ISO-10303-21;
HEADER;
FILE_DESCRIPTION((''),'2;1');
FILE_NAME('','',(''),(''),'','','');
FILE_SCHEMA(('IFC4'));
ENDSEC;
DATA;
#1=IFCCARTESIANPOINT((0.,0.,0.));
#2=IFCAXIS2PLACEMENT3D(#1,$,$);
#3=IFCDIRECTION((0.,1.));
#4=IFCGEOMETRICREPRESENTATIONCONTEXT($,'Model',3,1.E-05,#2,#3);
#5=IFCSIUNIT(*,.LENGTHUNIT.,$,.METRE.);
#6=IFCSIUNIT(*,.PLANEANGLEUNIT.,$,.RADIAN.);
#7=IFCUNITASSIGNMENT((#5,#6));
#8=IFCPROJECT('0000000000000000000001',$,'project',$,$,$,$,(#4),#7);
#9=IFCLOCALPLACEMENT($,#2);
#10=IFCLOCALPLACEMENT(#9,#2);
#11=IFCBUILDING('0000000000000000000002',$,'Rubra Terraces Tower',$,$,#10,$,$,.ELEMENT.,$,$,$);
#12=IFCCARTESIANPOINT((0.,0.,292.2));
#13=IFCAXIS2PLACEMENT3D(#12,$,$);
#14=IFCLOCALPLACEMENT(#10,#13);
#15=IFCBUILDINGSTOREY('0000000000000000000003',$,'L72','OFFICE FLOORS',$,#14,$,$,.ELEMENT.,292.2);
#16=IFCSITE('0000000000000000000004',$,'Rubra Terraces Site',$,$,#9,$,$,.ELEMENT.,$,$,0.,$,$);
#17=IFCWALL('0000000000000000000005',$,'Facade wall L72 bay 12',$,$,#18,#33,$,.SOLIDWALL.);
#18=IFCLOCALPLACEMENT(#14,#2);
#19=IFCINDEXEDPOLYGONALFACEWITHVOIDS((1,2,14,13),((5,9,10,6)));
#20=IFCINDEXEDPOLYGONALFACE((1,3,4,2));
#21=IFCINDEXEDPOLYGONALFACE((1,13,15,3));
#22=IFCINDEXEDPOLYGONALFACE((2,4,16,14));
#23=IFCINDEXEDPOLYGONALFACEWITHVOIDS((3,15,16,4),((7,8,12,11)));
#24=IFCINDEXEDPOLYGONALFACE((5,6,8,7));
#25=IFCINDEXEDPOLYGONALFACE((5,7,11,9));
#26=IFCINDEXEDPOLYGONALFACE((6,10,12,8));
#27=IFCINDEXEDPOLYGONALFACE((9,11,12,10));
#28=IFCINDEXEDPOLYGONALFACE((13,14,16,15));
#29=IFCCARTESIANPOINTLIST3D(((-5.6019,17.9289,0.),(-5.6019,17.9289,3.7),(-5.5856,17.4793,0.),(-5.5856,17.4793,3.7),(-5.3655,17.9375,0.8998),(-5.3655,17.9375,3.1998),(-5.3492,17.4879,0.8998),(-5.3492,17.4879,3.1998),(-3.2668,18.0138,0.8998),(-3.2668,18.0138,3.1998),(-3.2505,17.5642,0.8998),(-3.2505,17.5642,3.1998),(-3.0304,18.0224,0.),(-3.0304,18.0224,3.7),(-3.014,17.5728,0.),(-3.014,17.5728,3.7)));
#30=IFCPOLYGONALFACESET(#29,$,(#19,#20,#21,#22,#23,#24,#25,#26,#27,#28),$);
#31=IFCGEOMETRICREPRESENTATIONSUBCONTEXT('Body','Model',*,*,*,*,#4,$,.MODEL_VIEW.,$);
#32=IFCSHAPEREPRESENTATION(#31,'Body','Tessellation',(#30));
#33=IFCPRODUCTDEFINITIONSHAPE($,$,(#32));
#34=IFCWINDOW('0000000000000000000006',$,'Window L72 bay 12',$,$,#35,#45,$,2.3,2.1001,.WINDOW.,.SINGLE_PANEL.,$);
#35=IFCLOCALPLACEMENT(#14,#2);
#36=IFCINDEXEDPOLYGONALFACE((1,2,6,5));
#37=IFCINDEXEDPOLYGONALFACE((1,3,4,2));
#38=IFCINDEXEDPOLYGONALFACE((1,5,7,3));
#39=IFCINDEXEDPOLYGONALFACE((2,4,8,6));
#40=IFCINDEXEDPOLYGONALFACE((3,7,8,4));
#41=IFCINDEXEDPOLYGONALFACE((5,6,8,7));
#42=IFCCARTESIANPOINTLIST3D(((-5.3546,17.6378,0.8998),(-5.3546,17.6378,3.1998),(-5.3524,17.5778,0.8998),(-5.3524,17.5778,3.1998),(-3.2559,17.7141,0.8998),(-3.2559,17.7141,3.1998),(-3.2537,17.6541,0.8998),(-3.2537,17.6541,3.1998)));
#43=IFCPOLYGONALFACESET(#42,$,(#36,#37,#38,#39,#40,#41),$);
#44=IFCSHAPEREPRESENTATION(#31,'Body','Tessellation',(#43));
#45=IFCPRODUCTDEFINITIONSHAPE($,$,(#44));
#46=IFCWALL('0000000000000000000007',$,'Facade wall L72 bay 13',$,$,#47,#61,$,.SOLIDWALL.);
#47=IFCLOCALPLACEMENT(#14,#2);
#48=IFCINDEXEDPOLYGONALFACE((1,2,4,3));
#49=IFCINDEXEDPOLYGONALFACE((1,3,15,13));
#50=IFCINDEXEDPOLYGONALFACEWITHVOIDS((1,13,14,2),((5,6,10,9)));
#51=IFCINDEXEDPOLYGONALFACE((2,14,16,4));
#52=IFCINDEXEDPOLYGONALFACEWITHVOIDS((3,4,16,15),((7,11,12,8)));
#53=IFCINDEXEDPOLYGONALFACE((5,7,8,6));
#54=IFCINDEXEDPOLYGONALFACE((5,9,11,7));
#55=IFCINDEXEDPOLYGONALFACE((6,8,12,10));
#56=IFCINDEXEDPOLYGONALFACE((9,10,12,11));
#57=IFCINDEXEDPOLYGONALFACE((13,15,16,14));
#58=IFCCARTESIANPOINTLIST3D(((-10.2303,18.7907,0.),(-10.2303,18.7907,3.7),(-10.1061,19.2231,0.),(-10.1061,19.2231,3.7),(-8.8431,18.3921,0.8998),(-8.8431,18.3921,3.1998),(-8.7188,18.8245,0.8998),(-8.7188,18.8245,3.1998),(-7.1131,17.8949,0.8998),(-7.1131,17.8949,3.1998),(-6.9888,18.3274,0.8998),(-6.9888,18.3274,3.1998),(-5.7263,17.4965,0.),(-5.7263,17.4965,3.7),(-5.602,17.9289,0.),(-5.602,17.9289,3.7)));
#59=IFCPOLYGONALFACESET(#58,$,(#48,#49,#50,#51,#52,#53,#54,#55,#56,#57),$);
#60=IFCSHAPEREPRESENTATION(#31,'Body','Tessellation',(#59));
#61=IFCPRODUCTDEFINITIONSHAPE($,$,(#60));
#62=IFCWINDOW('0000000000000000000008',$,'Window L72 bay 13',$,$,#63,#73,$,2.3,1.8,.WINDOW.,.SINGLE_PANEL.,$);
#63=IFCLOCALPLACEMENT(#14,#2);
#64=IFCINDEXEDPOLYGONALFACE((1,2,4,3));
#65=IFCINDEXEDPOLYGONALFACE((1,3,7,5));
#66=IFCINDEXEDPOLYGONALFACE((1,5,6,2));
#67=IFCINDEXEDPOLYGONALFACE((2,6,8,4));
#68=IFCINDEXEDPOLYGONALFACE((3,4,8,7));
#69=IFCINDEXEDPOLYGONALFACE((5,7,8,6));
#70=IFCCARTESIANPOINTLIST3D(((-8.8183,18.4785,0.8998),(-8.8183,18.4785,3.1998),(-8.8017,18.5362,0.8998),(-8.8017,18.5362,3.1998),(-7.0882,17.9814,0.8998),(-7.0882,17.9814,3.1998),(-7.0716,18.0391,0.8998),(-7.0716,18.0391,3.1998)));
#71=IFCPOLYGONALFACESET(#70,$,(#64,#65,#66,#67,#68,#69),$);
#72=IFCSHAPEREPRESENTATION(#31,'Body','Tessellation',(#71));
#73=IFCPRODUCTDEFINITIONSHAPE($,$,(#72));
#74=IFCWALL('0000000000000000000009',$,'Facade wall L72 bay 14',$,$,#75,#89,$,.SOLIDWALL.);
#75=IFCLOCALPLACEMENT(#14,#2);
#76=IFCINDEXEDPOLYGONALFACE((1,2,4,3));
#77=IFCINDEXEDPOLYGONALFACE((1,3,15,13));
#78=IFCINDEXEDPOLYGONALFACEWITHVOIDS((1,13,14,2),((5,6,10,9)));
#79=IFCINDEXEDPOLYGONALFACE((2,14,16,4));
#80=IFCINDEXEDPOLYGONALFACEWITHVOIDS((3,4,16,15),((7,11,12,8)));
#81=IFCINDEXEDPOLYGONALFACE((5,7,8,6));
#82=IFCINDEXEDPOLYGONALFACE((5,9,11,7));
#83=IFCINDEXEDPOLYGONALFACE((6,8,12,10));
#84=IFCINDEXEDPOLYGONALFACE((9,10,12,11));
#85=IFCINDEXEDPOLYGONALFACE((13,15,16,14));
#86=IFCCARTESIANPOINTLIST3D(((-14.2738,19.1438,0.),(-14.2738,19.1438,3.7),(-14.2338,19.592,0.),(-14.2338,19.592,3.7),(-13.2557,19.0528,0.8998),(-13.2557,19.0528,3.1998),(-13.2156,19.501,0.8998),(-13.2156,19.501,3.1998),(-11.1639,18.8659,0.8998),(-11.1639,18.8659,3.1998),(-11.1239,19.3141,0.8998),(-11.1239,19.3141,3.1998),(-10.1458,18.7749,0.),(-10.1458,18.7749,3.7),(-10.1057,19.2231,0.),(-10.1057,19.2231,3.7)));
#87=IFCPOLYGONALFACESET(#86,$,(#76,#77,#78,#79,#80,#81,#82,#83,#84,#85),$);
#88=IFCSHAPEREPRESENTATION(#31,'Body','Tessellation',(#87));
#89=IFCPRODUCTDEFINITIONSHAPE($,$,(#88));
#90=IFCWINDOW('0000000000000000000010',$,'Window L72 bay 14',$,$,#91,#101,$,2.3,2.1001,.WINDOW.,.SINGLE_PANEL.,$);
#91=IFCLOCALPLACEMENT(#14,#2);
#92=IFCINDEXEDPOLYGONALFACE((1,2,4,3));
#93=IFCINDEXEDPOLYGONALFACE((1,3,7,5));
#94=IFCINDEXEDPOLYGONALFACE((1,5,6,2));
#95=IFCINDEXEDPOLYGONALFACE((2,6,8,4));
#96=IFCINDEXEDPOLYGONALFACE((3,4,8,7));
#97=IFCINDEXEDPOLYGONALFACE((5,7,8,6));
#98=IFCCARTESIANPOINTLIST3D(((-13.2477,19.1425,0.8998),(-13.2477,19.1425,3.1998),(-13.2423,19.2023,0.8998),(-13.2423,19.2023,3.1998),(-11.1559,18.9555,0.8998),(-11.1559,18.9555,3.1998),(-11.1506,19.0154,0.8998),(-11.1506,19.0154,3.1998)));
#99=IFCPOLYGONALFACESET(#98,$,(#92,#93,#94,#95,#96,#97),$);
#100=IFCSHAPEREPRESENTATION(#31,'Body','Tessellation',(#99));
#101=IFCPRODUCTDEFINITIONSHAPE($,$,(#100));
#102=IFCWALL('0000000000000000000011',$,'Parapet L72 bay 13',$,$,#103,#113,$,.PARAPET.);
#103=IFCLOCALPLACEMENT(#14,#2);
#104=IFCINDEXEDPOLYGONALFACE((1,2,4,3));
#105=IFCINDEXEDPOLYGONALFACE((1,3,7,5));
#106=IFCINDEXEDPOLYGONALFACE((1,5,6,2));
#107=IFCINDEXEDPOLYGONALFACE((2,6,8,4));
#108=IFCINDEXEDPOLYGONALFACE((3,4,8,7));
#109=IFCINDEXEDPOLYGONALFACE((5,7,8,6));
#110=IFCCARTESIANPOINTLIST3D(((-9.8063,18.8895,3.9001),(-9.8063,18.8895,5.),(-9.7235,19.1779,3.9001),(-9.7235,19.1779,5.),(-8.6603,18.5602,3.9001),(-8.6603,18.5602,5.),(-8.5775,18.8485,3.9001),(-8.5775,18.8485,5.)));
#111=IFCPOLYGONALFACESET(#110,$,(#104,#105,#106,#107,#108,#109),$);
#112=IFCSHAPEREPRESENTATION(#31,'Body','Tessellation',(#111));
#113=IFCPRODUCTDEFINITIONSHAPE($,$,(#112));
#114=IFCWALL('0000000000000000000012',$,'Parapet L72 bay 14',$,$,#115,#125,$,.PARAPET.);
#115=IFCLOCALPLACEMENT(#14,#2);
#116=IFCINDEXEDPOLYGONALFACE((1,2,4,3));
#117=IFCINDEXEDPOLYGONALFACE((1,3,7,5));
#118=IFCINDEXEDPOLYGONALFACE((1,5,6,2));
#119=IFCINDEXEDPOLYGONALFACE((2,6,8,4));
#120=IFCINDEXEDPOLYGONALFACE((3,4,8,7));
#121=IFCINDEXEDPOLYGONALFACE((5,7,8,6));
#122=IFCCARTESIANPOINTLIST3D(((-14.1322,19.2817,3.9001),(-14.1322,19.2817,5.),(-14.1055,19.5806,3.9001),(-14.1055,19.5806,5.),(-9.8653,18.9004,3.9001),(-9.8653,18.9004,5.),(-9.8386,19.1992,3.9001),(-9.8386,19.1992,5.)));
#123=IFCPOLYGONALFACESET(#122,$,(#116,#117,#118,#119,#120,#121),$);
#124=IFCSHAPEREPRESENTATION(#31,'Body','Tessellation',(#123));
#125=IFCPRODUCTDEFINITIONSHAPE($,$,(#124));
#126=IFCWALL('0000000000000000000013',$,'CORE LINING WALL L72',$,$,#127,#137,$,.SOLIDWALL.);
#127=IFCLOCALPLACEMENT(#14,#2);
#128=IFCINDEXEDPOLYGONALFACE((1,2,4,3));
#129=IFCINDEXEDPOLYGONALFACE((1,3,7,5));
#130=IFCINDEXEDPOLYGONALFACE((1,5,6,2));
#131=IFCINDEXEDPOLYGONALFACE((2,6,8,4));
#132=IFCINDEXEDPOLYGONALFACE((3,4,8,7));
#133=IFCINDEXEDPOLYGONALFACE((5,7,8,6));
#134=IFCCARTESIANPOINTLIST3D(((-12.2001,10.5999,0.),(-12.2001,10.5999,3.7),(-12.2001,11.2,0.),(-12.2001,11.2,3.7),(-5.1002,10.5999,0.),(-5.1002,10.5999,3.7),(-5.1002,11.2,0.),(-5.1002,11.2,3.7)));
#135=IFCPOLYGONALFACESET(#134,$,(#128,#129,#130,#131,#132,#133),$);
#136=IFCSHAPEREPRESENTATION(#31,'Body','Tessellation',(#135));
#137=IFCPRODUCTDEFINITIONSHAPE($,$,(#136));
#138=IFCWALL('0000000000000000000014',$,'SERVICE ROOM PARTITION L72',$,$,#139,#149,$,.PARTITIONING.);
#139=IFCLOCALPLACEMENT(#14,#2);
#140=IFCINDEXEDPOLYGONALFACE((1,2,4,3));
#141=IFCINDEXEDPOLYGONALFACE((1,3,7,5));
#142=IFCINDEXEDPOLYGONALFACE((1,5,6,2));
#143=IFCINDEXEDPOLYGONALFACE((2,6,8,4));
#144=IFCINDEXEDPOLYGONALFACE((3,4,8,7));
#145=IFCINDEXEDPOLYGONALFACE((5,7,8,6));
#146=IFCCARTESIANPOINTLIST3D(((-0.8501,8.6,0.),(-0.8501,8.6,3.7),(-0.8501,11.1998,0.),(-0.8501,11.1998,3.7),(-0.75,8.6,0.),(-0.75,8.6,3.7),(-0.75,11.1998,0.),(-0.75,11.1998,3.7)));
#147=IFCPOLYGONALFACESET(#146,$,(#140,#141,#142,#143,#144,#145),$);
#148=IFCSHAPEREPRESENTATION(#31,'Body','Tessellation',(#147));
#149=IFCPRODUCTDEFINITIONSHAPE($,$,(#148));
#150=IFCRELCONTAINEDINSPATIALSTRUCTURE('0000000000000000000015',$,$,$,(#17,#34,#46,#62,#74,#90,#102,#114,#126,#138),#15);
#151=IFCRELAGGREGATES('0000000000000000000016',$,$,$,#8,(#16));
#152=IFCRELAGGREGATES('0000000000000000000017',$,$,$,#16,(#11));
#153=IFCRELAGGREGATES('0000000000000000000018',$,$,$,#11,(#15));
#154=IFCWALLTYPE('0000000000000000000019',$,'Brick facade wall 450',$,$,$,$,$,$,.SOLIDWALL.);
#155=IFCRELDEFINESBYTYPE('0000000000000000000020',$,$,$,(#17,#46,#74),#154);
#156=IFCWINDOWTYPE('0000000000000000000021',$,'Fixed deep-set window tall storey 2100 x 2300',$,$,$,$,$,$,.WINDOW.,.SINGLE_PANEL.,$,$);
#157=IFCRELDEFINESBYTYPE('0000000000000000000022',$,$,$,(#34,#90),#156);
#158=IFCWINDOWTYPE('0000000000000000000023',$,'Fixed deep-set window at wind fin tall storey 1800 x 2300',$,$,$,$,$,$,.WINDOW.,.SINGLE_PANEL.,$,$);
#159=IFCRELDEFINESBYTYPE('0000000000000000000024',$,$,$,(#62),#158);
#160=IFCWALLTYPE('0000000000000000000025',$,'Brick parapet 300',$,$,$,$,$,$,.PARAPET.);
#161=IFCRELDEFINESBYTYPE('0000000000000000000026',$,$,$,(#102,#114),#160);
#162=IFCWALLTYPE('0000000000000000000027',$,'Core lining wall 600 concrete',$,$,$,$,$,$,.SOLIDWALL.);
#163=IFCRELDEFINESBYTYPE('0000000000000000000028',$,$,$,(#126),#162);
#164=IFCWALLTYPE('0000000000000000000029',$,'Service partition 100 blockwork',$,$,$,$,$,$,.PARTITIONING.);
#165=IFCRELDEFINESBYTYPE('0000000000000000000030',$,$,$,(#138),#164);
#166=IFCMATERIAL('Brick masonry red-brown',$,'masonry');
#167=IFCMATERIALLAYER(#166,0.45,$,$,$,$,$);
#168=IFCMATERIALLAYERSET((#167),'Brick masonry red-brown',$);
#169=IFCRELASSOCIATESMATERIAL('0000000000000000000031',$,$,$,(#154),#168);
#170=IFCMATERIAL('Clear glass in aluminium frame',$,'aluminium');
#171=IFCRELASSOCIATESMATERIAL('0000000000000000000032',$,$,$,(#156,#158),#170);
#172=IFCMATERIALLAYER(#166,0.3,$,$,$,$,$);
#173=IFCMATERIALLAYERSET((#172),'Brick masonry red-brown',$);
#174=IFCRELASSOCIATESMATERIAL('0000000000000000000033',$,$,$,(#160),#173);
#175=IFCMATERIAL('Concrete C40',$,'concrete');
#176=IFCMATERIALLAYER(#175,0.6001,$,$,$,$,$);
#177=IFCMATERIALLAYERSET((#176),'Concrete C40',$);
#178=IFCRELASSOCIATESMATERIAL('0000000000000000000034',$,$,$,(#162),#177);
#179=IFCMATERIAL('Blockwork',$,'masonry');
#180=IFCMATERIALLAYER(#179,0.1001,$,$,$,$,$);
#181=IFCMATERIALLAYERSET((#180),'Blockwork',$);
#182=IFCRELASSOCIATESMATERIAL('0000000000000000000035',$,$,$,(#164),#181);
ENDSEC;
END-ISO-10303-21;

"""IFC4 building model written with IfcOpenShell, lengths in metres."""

from ifc_helpers import new_model, si_unit, direction, frame, frame_2d, origin, place, context, subcontext, project, spatial, rectangle, extrude, material, layer, layer_set, type_object, element, fill, save


model = new_model("IFC4")

# Units and contexts
model_context = context("Model", 3, precision=1e-05, world=origin(), true_north=direction((0.0, 1.0)))
body_context = subcontext(model_context, "Body", "Model", "MODEL_VIEW")
ifc_project = project(units=[si_unit("LENGTHUNIT", "METRE"), si_unit("PLANEANGLEUNIT", "RADIAN")], contexts=[model_context])

# Site, building, storey
site_placement = place(None, origin())
site = spatial("IfcSite", under=ifc_project, at=site_placement, Name="Rubra Terraces Site", CompositionType="ELEMENT", RefElevation=0.0)
building_placement = place(site_placement, origin())
building = spatial("IfcBuilding", under=site, at=building_placement, Name="Rubra Terraces Tower", CompositionType="ELEMENT")
storey_placement = place(building_placement, frame((0.0, 0.0, 292.2)))
storey = spatial("IfcBuildingStorey", under=building, at=storey_placement, Name="L72", Description="OFFICE FLOORS", CompositionType="ELEMENT", Elevation=292.2)

# Walls, openings, windows
ifc_material_1 = material(Name="Brick masonry red-brown", Category="masonry")
ifc_layer_1 = layer(ifc_material_1, 0.45)
ifc_layer_set_1 = layer_set([ifc_layer_1], Name="Brick masonry red-brown")
wall_type_1 = type_object("IfcWallType", Name="Brick facade wall 450", PredefinedType="SOLIDWALL", material=ifc_layer_set_1)
ifc_material_2 = material(Name="Clear glass in aluminium frame", Category="aluminium")
window_type_1 = type_object("IfcWindowType", Name="Fixed deep-set window tall storey 2100 x 2300", PartitioningType="SINGLE_PANEL", PredefinedType="WINDOW", material=ifc_material_2)
wall_1_placement = place(storey_placement, frame((-3.0222, 17.7976, 0.0), z_axis=(0.0, 0.0, 1.0), x_axis=(-0.99934, -0.036338, 0.0)))
wall_1 = element("IfcWall", 1, at=wall_1_placement, inside=storey, type_object=wall_type_1, Name="Facade wall L72 bay 12", PredefinedType="SOLIDWALL", context=body_context, shape_type="SweptSolid", body=[
    extrude(rectangle(XDim=2.5732, YDim=0.45, at=frame_2d((1.2866, 0.0))), origin(), (0.0, 0.0, 1.0), 3.7),
])
opening_1_placement = place(wall_1_placement, frame((0.2366, 0.0, 0.8999)))
opening_1 = element("IfcOpeningElement", 2, at=opening_1_placement, cuts=wall_1, PredefinedType="OPENING", context=body_context, shape_type="SweptSolid", body=[
    extrude(rectangle(XDim=2.1001, YDim=2.3, at=frame_2d((1.05, 1.1499))), frame((0.0, 0.2349, 0.0), z_axis=(0.0, -1.0, 0.0), x_axis=(1.0, 0.0, 0.0)), (0.0, 0.0, 1.0), 0.47),
])
window_1_placement = place(opening_1_placement, origin())
window_1 = element("IfcWindow", 3, at=window_1_placement, inside=storey, type_object=window_type_1, Name="Window L72 bay 12", OverallHeight=2.3, OverallWidth=2.1001, PartitioningType="SINGLE_PANEL", PredefinedType="WINDOW", context=body_context, shape_type="SweptSolid", body=[
    extrude(rectangle(XDim=2.1001, YDim=2.3, at=frame_2d((1.05, 1.1499))), frame((0.0, 0.135, 0.0), z_axis=(0.0, -1.0, 0.0), x_axis=(1.0, 0.0, 0.0)), (0.0, 0.0, 1.0), 0.0601),
])
fill(opening_1, window_1)
wall_2_placement = place(storey_placement, frame((-5.6641, 17.7126, 0.0), z_axis=(0.0, 0.0, 1.0), x_axis=(-0.961108, 0.276173, 0.0)))
wall_2 = element("IfcWall", 4, at=wall_2_placement, inside=storey, type_object=wall_type_1, Name="Facade wall L72 bay 13", PredefinedType="SOLIDWALL", context=body_context, shape_type="SweptSolid", body=[
    extrude(rectangle(XDim=4.6863, YDim=0.45, at=frame_2d((2.3433, 0.0))), origin(), (0.0, 0.0, 1.0), 3.7),
])
opening_2_placement = place(wall_2_placement, frame((1.4431, 0.0, 0.8999)))
opening_2 = element("IfcOpeningElement", 5, at=opening_2_placement, cuts=wall_2, PredefinedType="OPENING", context=body_context, shape_type="SweptSolid", body=[
    extrude(rectangle(XDim=1.8, YDim=2.3, at=frame_2d((0.8999, 1.1499))), frame((0.0, 0.2349, 0.0), z_axis=(0.0, -1.0, 0.0), x_axis=(1.0, 0.0, 0.0)), (0.0, 0.0, 1.0), 0.47),
])
window_type_2 = type_object("IfcWindowType", Name="Fixed deep-set window at wind fin tall storey 1800 x 2300", PartitioningType="SINGLE_PANEL", PredefinedType="WINDOW", material=ifc_material_2)
window_2_placement = place(opening_2_placement, origin())
window_2 = element("IfcWindow", 6, at=window_2_placement, inside=storey, type_object=window_type_2, Name="Window L72 bay 13", OverallHeight=2.3, OverallWidth=1.8, PartitioningType="SINGLE_PANEL", PredefinedType="WINDOW", context=body_context, shape_type="SweptSolid", body=[
    extrude(rectangle(XDim=1.8, YDim=2.3, at=frame_2d((0.8999, 1.1499))), frame((0.0, 0.135, 0.0), z_axis=(0.0, -1.0, 0.0), x_axis=(1.0, 0.0, 0.0)), (0.0, 0.0, 1.0), 0.0601),
])
fill(opening_2, window_2)
wall_3_placement = place(storey_placement, frame((-10.1257, 18.999, 0.0), z_axis=(0.0, 0.0, 1.0), x_axis=(-0.996031, 0.089006, 0.0)))
wall_3 = element("IfcWall", 7, at=wall_3_placement, inside=storey, type_object=wall_type_1, Name="Facade wall L72 bay 14", PredefinedType="SOLIDWALL", context=body_context, shape_type="SweptSolid", body=[
    extrude(rectangle(XDim=4.1445, YDim=0.45, at=frame_2d((2.0723, 0.0))), origin(), (0.0, 0.0, 1.0), 3.7),
])
opening_3_placement = place(wall_3_placement, frame((1.0222, 0.0, 0.8999)))
opening_3 = element("IfcOpeningElement", 8, at=opening_3_placement, cuts=wall_3, PredefinedType="OPENING", context=body_context, shape_type="SweptSolid", body=[
    extrude(rectangle(XDim=2.1001, YDim=2.3, at=frame_2d((1.05, 1.1499))), frame((0.0, 0.2349, 0.0), z_axis=(0.0, -1.0, 0.0), x_axis=(1.0, 0.0, 0.0)), (0.0, 0.0, 1.0), 0.47),
])
window_3_placement = place(opening_3_placement, origin())
window_3 = element("IfcWindow", 9, at=window_3_placement, inside=storey, type_object=window_type_1, Name="Window L72 bay 14", OverallHeight=2.3, OverallWidth=2.1001, PartitioningType="SINGLE_PANEL", PredefinedType="WINDOW", context=body_context, shape_type="SweptSolid", body=[
    extrude(rectangle(XDim=2.1001, YDim=2.3, at=frame_2d((1.05, 1.1499))), frame((0.0, 0.135, 0.0), z_axis=(0.0, -1.0, 0.0), x_axis=(1.0, 0.0, 0.0)), (0.0, 0.0, 1.0), 0.0601),
])
fill(opening_3, window_3)

# Walls
ifc_layer_2 = layer(ifc_material_1, 0.3)
ifc_layer_set_2 = layer_set([ifc_layer_2], Name="Brick masonry red-brown")
wall_type_2 = type_object("IfcWallType", Name="Brick parapet 300", PredefinedType="PARAPET", material=ifc_layer_set_2)
wall_4_placement = place(storey_placement, frame((-8.6189, 18.7043, 3.9001), z_axis=(0.0, 0.0, 1.0), x_axis=(-0.961098, 0.276208, 0.0)))
element("IfcWall", 10, at=wall_4_placement, inside=storey, type_object=wall_type_2, Name="Parapet L72 bay 13", PredefinedType="PARAPET", context=body_context, shape_type="SweptSolid", body=[
    extrude(rectangle(XDim=1.1924, YDim=0.3, at=frame_2d((0.5962, 0.0))), origin(), (0.0, 0.0, 1.0), 1.0999),
])
wall_5_placement = place(storey_placement, frame((-9.8518, 19.0498, 3.9001), z_axis=(0.0, 0.0, 1.0), x_axis=(-0.99603, 0.08902, 0.0)))
element("IfcWall", 11, at=wall_5_placement, inside=storey, type_object=wall_type_2, Name="Parapet L72 bay 14", PredefinedType="PARAPET", context=body_context, shape_type="SweptSolid", body=[
    extrude(rectangle(XDim=4.2839, YDim=0.3, at=frame_2d((2.1421, 0.0))), origin(), (0.0, 0.0, 1.0), 1.0999),
])
ifc_material_3 = material(Name="Concrete C40", Category="concrete")
ifc_layer_3 = layer(ifc_material_3, 0.6001)
ifc_layer_set_3 = layer_set([ifc_layer_3], Name="Concrete C40")
wall_type_3 = type_object("IfcWallType", Name="Core lining wall 600 concrete", PredefinedType="SOLIDWALL", material=ifc_layer_set_3)
wall_6_placement = place(storey_placement, frame((-12.2, 10.8999, 0.0), z_axis=(0.0, 0.0, 1.0), x_axis=(1.0, 0.0, 0.0)))
element("IfcWall", 12, at=wall_6_placement, inside=storey, type_object=wall_type_3, Name="CORE LINING WALL L72", PredefinedType="SOLIDWALL", context=body_context, shape_type="SweptSolid", body=[
    extrude(rectangle(XDim=7.0999, YDim=0.6001, at=frame_2d((3.5498, 0.0))), origin(), (0.0, 0.0, 1.0), 3.7),
])
ifc_material_4 = material(Name="Blockwork", Category="masonry")
ifc_layer_4 = layer(ifc_material_4, 0.1001)
ifc_layer_set_4 = layer_set([ifc_layer_4], Name="Blockwork")
wall_type_4 = type_object("IfcWallType", Name="Service partition 100 blockwork", PredefinedType="PARTITIONING", material=ifc_layer_set_4)
wall_7_placement = place(storey_placement, frame((-0.8, 8.6001, 0.0), z_axis=(0.0, 0.0, 1.0), x_axis=(0.0, 1.0, 0.0)))
element("IfcWall", 13, at=wall_7_placement, inside=storey, type_object=wall_type_4, Name="SERVICE ROOM PARTITION L72", PredefinedType="PARTITIONING", context=body_context, shape_type="SweptSolid", body=[
    extrude(rectangle(XDim=2.5999, YDim=0.1001, at=frame_2d((1.2998, 0.0))), origin(), (0.0, 0.0, 1.0), 3.7),
])

save(model, "model.ifc")
